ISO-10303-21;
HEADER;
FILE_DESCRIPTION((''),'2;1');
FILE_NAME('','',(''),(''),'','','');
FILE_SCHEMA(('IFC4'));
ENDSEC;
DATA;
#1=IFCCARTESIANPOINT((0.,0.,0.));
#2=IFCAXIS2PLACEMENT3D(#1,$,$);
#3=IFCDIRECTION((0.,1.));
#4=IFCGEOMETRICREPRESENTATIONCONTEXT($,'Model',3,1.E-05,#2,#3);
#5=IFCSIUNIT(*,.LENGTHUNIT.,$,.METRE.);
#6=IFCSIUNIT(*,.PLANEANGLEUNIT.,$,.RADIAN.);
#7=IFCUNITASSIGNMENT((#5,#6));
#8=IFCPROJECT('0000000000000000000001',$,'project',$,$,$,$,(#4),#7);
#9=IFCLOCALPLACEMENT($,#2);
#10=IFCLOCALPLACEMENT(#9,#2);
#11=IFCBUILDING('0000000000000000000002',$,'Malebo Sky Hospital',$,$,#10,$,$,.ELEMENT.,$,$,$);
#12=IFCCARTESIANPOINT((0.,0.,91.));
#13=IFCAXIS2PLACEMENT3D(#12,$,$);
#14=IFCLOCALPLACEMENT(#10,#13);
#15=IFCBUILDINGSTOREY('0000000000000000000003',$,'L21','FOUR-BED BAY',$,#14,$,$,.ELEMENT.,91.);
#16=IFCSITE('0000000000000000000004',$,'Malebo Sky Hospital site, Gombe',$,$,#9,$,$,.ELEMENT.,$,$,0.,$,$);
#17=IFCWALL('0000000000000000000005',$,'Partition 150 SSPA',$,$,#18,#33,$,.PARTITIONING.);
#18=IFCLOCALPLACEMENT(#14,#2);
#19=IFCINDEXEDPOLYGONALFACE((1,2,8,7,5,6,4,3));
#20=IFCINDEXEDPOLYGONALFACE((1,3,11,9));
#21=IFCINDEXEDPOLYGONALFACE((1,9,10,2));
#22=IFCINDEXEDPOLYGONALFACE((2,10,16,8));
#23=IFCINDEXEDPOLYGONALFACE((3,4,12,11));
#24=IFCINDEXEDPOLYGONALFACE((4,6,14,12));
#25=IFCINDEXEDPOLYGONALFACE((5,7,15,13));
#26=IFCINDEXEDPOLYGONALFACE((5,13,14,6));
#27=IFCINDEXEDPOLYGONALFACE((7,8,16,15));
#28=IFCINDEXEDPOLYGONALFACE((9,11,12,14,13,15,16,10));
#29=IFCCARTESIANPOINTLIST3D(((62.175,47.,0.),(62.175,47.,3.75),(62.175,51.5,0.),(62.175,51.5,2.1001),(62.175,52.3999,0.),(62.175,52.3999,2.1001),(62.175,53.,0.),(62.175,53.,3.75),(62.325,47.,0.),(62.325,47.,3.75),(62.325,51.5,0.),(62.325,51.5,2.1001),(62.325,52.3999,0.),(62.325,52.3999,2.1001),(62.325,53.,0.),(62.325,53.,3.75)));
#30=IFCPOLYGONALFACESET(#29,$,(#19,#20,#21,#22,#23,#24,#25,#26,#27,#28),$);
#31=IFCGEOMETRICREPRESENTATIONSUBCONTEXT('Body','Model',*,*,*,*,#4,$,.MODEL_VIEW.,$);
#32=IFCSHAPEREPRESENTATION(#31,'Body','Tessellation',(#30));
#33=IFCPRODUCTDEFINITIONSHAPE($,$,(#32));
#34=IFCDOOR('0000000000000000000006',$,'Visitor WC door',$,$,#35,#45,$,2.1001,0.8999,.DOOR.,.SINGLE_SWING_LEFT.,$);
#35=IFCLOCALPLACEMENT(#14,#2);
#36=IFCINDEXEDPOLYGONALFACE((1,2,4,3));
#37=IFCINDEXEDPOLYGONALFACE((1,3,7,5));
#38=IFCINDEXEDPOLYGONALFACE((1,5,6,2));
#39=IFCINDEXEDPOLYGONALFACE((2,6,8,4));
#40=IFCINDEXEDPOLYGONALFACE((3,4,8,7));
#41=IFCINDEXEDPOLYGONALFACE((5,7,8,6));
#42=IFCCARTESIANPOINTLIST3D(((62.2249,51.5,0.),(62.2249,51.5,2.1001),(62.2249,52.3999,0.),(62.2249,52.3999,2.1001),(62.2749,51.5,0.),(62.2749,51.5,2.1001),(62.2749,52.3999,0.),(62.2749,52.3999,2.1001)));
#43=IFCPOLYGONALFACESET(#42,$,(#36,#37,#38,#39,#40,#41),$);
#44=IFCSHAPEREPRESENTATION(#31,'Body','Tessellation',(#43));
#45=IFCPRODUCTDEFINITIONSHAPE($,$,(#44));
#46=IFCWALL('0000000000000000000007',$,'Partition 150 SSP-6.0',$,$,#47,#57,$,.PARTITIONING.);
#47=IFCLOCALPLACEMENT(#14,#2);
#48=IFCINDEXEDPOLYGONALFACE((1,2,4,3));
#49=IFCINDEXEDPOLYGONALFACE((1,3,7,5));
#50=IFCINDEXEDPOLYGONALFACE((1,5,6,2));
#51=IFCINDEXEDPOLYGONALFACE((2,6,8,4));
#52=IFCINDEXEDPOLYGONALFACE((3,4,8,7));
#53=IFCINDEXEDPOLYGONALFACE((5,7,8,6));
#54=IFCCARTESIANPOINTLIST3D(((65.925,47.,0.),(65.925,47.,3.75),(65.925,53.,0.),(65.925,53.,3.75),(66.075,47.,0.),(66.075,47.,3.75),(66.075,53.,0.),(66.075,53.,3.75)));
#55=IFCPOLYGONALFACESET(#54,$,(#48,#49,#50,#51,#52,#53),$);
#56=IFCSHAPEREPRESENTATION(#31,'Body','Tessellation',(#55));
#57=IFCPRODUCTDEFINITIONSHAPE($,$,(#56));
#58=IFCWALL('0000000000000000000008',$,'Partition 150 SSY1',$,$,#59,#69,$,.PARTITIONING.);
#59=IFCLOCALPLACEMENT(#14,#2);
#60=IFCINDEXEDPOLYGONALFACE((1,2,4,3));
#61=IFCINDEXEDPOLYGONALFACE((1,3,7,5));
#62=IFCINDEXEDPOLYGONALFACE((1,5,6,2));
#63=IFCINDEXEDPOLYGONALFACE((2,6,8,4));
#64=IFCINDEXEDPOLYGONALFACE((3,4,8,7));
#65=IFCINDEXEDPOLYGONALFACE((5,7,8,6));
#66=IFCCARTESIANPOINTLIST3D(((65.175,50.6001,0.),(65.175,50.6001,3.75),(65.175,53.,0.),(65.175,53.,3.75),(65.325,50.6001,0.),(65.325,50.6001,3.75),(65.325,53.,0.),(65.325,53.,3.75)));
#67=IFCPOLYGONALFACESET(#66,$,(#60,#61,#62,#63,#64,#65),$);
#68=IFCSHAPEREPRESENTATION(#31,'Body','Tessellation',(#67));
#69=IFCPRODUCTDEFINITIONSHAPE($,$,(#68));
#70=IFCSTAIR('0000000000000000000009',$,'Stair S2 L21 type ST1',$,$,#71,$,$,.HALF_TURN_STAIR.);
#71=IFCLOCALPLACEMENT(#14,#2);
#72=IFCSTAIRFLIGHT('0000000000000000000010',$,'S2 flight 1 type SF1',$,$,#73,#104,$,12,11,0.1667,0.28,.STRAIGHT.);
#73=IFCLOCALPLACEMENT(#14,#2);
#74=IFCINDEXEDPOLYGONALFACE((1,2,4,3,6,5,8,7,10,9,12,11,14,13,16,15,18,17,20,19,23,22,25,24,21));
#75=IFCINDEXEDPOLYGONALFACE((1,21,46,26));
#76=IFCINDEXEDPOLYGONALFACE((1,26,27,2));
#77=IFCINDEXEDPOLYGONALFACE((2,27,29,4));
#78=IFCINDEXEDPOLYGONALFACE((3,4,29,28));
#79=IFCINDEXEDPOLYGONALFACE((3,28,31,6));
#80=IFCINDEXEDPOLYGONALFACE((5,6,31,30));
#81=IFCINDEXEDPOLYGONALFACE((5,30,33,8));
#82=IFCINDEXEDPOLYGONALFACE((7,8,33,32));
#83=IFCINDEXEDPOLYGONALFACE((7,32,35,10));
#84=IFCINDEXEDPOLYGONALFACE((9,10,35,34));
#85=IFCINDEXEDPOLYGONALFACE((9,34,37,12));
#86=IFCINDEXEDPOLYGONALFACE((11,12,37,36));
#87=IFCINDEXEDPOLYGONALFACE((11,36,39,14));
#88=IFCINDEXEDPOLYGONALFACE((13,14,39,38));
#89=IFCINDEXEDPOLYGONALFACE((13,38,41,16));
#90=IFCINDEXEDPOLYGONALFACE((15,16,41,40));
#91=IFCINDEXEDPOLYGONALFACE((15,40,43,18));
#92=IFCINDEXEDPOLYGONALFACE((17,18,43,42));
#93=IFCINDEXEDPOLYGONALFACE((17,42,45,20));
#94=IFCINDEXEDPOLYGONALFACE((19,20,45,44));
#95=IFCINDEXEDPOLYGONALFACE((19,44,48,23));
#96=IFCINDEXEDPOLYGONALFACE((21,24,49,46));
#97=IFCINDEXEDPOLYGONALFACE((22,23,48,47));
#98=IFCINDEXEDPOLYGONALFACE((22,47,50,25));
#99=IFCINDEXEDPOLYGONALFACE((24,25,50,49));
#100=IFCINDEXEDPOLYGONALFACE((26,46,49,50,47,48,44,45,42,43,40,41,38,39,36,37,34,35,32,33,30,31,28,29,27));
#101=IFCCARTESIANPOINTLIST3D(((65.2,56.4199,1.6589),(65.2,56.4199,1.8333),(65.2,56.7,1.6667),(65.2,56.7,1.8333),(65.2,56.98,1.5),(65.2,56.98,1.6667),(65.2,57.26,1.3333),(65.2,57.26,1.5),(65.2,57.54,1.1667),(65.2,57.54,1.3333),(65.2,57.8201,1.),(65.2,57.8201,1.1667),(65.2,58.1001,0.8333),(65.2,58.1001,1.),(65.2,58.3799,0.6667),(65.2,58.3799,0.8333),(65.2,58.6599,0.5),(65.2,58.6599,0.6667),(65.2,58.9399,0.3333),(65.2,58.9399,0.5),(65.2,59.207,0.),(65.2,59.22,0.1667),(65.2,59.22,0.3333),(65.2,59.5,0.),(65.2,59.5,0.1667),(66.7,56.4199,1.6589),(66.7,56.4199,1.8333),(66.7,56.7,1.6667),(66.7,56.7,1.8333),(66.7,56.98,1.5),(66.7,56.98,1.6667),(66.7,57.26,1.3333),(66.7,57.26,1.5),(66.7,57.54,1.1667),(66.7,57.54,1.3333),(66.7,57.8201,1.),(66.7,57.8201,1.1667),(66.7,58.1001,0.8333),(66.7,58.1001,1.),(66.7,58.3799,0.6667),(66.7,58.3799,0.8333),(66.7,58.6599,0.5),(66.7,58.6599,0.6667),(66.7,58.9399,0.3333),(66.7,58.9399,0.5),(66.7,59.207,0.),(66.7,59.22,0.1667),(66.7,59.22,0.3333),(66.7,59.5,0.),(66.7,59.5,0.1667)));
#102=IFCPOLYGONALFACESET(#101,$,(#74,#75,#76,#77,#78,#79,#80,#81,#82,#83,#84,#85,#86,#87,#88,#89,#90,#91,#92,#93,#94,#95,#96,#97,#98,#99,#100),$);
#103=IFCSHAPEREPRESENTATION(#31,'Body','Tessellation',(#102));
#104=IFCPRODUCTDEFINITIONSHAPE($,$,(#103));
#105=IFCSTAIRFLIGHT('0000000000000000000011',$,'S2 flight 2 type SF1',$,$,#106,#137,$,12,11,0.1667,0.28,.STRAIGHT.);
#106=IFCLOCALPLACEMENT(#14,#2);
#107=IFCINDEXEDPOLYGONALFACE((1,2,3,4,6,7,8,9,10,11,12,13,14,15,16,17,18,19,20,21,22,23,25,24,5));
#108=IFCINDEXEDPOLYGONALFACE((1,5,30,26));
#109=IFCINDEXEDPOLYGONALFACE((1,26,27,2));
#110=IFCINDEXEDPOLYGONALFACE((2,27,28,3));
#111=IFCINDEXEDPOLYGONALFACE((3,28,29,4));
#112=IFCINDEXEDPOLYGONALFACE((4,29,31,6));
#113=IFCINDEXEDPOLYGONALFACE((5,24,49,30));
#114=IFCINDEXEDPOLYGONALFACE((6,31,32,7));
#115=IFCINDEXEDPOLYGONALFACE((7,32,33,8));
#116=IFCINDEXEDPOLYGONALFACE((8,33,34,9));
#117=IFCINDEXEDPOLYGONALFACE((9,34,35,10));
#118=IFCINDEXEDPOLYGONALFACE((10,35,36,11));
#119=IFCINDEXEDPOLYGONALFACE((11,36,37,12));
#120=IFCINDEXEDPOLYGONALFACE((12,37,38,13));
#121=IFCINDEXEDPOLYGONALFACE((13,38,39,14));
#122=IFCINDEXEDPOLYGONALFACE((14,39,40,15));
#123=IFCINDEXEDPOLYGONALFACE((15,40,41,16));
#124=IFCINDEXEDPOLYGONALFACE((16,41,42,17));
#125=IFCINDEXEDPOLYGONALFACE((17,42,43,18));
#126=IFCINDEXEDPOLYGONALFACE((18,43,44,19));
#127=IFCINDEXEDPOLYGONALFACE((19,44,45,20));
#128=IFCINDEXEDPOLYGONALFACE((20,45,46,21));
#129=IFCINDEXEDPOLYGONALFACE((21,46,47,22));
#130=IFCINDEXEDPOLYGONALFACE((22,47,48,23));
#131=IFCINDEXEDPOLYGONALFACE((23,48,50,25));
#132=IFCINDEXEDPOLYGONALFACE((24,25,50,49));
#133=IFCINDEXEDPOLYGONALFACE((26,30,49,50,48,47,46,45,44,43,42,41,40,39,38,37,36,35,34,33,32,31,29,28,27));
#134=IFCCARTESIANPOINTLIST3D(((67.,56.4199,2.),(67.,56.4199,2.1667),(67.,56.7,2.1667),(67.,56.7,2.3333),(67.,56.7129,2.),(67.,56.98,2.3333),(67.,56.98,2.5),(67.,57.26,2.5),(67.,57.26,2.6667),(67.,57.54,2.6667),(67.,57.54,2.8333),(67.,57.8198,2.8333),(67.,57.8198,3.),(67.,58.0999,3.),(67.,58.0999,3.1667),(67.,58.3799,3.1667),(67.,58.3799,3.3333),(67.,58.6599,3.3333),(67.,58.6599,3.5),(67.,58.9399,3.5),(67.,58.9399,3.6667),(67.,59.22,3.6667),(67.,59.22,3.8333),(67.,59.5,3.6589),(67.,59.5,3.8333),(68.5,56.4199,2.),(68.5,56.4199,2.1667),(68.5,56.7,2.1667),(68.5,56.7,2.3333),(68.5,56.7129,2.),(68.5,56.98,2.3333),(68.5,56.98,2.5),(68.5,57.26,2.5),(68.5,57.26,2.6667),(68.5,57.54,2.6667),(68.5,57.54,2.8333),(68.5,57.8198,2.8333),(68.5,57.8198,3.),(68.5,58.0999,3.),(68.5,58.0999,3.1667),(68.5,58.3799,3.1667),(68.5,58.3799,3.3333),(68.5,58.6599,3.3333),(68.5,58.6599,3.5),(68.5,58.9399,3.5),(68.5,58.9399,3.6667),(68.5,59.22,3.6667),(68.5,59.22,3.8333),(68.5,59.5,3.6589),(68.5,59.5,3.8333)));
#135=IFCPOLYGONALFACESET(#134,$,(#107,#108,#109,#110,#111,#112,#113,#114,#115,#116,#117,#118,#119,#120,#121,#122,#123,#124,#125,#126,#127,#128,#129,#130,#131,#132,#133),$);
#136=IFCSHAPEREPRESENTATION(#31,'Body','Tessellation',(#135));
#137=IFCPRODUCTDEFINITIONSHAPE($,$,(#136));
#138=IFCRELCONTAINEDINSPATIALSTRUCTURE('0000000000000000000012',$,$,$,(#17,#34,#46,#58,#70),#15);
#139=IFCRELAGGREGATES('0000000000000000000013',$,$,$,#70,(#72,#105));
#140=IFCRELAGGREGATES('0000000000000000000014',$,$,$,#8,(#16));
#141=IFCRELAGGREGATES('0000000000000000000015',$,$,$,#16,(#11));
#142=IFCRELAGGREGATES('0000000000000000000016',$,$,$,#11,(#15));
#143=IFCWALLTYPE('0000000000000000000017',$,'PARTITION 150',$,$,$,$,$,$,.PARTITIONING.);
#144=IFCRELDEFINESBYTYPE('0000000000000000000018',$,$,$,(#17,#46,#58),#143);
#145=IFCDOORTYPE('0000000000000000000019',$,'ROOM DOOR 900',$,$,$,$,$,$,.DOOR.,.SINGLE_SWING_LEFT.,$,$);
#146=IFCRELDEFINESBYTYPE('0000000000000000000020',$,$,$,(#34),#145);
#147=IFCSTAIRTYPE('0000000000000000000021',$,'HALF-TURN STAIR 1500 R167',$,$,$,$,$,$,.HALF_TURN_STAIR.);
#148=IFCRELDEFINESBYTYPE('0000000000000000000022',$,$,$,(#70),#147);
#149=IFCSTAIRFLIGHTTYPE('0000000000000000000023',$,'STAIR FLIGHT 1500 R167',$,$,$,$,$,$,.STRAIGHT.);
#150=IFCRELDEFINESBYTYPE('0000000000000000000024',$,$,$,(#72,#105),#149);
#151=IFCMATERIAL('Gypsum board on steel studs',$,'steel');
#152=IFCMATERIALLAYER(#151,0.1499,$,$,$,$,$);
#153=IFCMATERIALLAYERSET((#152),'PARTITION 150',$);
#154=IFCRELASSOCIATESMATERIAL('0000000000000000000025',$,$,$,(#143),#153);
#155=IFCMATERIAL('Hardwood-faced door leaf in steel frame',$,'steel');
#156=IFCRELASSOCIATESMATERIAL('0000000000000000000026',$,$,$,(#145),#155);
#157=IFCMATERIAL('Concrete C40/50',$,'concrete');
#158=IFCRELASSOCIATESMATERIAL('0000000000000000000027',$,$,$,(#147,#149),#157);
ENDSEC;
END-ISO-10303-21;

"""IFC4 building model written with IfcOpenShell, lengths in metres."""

from ifc_helpers import new_model, si_unit, direction, frame, frame_2d, origin, place, context, subcontext, project, spatial, polyline, rectangle, outline, extrude, material, layer, layer_set, type_object, element, fill, aggregate, save


model = new_model("IFC4")

# Units and contexts
model_context = context("Model", 3, precision=1e-05, world=origin(), true_north=direction((0.0, 1.0)))
body_context = subcontext(model_context, "Body", "Model", "MODEL_VIEW")
ifc_project = project(units=[si_unit("LENGTHUNIT", "METRE"), si_unit("PLANEANGLEUNIT", "RADIAN")], contexts=[model_context])

# Site, building, storey
site_placement = place(None, origin())
site = spatial("IfcSite", under=ifc_project, at=site_placement, Name="Malebo Sky Hospital site, Gombe", CompositionType="ELEMENT", RefElevation=0.0)
building_placement = place(site_placement, origin())
building = spatial("IfcBuilding", under=site, at=building_placement, Name="Malebo Sky Hospital", CompositionType="ELEMENT")
storey_placement = place(building_placement, frame((0.0, 0.0, 91.0)))
storey = spatial("IfcBuildingStorey", under=building, at=storey_placement, Name="L21", Description="FOUR-BED BAY", CompositionType="ELEMENT", Elevation=91.0)

# Shared definitions
ifc_material_1 = material(Name="Hardwood-faced door leaf in steel frame", Category="steel")

# Shared definitions
ifc_material_2 = material(Name="Gypsum board on steel studs", Category="steel")
ifc_layer_1 = layer(ifc_material_2, 0.1499)
ifc_layer_set_1 = layer_set([ifc_layer_1], Name="PARTITION 150")
wall_type_1 = type_object("IfcWallType", Name="PARTITION 150", PredefinedType="PARTITIONING", material=ifc_layer_set_1)

# Wall, opening, door
wall_1_placement = place(storey_placement, frame((62.25, 53.0, 0.0), z_axis=(0.0, 0.0, 1.0), x_axis=(0.0, -1.0, 0.0)))
wall_1 = element("IfcWall", 1, at=wall_1_placement, inside=storey, type_object=wall_type_1, Name="Partition 150 SSPA", PredefinedType="PARTITIONING", context=body_context, shape_type="SweptSolid", body=[
    extrude(rectangle(XDim=6.0, YDim=0.1499, at=frame_2d((3.0, 0.0))), origin(), (0.0, 0.0, 1.0), 3.75),
])
opening_1_placement = place(wall_1_placement, frame((0.6001, 0.0, 0.0)))
opening_1 = element("IfcOpeningElement", 2, at=opening_1_placement, cuts=wall_1, PredefinedType="OPENING", context=body_context, shape_type="SweptSolid", body=[
    extrude(rectangle(XDim=0.8999, YDim=2.1001, at=frame_2d((0.45, 1.05))), frame((0.0, 0.085, 0.0), z_axis=(0.0, -1.0, 0.0), x_axis=(1.0, 0.0, 0.0)), (0.0, 0.0, 1.0), 0.1699),
])
door_type_1 = type_object("IfcDoorType", Name="ROOM DOOR 900", OperationType="SINGLE_SWING_LEFT", PredefinedType="DOOR", material=ifc_material_1)
door_1_placement = place(opening_1_placement, origin())
door_1 = element("IfcDoor", 3, at=door_1_placement, inside=storey, type_object=door_type_1, Name="Visitor WC door", OperationType="SINGLE_SWING_LEFT", OverallHeight=2.1001, OverallWidth=0.8999, PredefinedType="DOOR", context=body_context, shape_type="SweptSolid", body=[
    extrude(rectangle(XDim=0.8999, YDim=2.1001, at=frame_2d((0.45, 1.05))), frame((0.0, 0.0249, 0.0), z_axis=(0.0, -1.0, 0.0), x_axis=(1.0, 0.0, 0.0)), (0.0, 0.0, 1.0), 0.05),
])
fill(opening_1, door_1)

# Walls
wall_2_placement = place(storey_placement, frame((66.0, 53.0, 0.0), z_axis=(0.0, 0.0, 1.0), x_axis=(0.0, -1.0, 0.0)))
element("IfcWall", 4, at=wall_2_placement, inside=storey, type_object=wall_type_1, Name="Partition 150 SSP-6.0", PredefinedType="PARTITIONING", context=body_context, shape_type="SweptSolid", body=[
    extrude(rectangle(XDim=6.0, YDim=0.1499, at=frame_2d((3.0, 0.0))), origin(), (0.0, 0.0, 1.0), 3.75),
])
wall_3_placement = place(storey_placement, frame((65.25, 53.0, 0.0), z_axis=(0.0, 0.0, 1.0), x_axis=(0.0, -1.0, 0.0)))
element("IfcWall", 5, at=wall_3_placement, inside=storey, type_object=wall_type_1, Name="Partition 150 SSY1", PredefinedType="PARTITIONING", context=body_context, shape_type="SweptSolid", body=[
    extrude(rectangle(XDim=2.3999, YDim=0.1499, at=frame_2d((1.2, 0.0))), origin(), (0.0, 0.0, 1.0), 3.75),
])

# Stair, stair flights
ifc_material_3 = material(Name="Concrete C40/50", Category="concrete")
stair_type = type_object("IfcStairType", Name="HALF-TURN STAIR 1500 R167", PredefinedType="HALF_TURN_STAIR", material=ifc_material_3)
stair_placement = place(storey_placement, origin())
stair = element("IfcStair", 6, at=stair_placement, inside=storey, type_object=stair_type, Name="Stair S2 L21 type ST1", PredefinedType="HALF_TURN_STAIR")
stair_flight_type = type_object("IfcStairFlightType", Name="STAIR FLIGHT 1500 R167", PredefinedType="STRAIGHT", material=ifc_material_3)
stair_flight_1_placement = place(storey_placement, frame((65.95, 59.5, 0.0), z_axis=(0.0, 0.0, 1.0), x_axis=(0.0, -1.0, 0.0)))
stair_flight_1 = element("IfcStairFlight", 7, at=stair_flight_1_placement, type_object=stair_flight_type, Name="S2 flight 1 type SF1", NumberOfRisers=12, NumberOfTreads=11, PredefinedType="STRAIGHT", RiserHeight=0.1667, TreadLength=0.28, context=body_context, shape_type="SweptSolid", body=[
    extrude(outline(polyline([(0.0, 0.0), (0.0, 0.1667), (0.28, 0.1667), (0.28, 0.3333), (0.5601, 0.3333), (0.5601, 0.5), (0.8401, 0.5), (0.8401, 0.6667), (1.1201, 0.6667), (1.1201, 0.8333), (1.3999, 0.8333), (1.3999, 1.0), (1.6799, 1.0), (1.6799, 1.1667), (1.96, 1.1667), (1.96, 1.3333), (2.24, 1.3333), (2.24, 1.5), (2.52, 1.5), (2.52, 1.6667), (2.8, 1.6667), (2.8, 1.8333), (3.0801, 1.8333), (3.0801, 2.0), (3.0801, 1.6589), (0.293, 0.0), (0.0, 0.0)])), frame((0.0, 0.75, 0.0), z_axis=(0.0, -1.0, 0.0), x_axis=(1.0, 0.0, 0.0)), (0.0, 0.0, 1.0), 1.5),
])
stair_flight_2_placement = place(storey_placement, frame((67.75, 56.4199, 2.0), z_axis=(0.0, 0.0, 1.0), x_axis=(0.0, 1.0, 0.0)))
stair_flight_2 = element("IfcStairFlight", 8, at=stair_flight_2_placement, type_object=stair_flight_type, Name="S2 flight 2 type SF1", NumberOfRisers=12, NumberOfTreads=11, PredefinedType="STRAIGHT", RiserHeight=0.1667, TreadLength=0.28, context=body_context, shape_type="SweptSolid", body=[
    extrude(outline(polyline([(0.0, 0.0), (0.0, 0.1667), (0.28, 0.1667), (0.28, 0.3333), (0.5601, 0.3333), (0.5601, 0.5), (0.8401, 0.5), (0.8401, 0.6667), (1.1201, 0.6667), (1.1201, 0.8333), (1.3999, 0.8333), (1.3999, 1.0), (1.6799, 1.0), (1.6799, 1.1667), (1.96, 1.1667), (1.96, 1.3333), (2.24, 1.3333), (2.24, 1.5), (2.52, 1.5), (2.52, 1.6667), (2.8, 1.6667), (2.8, 1.8333), (3.0801, 1.8333), (3.0801, 2.0), (3.0801, 1.6589), (0.293, 0.0), (0.0, 0.0)])), frame((0.0, 0.75, 0.0), z_axis=(0.0, -1.0, 0.0), x_axis=(1.0, 0.0, 0.0)), (0.0, 0.0, 1.0), 1.5),
])
aggregate(stair, [stair_flight_1, stair_flight_2])

save(model, "model.ifc")
